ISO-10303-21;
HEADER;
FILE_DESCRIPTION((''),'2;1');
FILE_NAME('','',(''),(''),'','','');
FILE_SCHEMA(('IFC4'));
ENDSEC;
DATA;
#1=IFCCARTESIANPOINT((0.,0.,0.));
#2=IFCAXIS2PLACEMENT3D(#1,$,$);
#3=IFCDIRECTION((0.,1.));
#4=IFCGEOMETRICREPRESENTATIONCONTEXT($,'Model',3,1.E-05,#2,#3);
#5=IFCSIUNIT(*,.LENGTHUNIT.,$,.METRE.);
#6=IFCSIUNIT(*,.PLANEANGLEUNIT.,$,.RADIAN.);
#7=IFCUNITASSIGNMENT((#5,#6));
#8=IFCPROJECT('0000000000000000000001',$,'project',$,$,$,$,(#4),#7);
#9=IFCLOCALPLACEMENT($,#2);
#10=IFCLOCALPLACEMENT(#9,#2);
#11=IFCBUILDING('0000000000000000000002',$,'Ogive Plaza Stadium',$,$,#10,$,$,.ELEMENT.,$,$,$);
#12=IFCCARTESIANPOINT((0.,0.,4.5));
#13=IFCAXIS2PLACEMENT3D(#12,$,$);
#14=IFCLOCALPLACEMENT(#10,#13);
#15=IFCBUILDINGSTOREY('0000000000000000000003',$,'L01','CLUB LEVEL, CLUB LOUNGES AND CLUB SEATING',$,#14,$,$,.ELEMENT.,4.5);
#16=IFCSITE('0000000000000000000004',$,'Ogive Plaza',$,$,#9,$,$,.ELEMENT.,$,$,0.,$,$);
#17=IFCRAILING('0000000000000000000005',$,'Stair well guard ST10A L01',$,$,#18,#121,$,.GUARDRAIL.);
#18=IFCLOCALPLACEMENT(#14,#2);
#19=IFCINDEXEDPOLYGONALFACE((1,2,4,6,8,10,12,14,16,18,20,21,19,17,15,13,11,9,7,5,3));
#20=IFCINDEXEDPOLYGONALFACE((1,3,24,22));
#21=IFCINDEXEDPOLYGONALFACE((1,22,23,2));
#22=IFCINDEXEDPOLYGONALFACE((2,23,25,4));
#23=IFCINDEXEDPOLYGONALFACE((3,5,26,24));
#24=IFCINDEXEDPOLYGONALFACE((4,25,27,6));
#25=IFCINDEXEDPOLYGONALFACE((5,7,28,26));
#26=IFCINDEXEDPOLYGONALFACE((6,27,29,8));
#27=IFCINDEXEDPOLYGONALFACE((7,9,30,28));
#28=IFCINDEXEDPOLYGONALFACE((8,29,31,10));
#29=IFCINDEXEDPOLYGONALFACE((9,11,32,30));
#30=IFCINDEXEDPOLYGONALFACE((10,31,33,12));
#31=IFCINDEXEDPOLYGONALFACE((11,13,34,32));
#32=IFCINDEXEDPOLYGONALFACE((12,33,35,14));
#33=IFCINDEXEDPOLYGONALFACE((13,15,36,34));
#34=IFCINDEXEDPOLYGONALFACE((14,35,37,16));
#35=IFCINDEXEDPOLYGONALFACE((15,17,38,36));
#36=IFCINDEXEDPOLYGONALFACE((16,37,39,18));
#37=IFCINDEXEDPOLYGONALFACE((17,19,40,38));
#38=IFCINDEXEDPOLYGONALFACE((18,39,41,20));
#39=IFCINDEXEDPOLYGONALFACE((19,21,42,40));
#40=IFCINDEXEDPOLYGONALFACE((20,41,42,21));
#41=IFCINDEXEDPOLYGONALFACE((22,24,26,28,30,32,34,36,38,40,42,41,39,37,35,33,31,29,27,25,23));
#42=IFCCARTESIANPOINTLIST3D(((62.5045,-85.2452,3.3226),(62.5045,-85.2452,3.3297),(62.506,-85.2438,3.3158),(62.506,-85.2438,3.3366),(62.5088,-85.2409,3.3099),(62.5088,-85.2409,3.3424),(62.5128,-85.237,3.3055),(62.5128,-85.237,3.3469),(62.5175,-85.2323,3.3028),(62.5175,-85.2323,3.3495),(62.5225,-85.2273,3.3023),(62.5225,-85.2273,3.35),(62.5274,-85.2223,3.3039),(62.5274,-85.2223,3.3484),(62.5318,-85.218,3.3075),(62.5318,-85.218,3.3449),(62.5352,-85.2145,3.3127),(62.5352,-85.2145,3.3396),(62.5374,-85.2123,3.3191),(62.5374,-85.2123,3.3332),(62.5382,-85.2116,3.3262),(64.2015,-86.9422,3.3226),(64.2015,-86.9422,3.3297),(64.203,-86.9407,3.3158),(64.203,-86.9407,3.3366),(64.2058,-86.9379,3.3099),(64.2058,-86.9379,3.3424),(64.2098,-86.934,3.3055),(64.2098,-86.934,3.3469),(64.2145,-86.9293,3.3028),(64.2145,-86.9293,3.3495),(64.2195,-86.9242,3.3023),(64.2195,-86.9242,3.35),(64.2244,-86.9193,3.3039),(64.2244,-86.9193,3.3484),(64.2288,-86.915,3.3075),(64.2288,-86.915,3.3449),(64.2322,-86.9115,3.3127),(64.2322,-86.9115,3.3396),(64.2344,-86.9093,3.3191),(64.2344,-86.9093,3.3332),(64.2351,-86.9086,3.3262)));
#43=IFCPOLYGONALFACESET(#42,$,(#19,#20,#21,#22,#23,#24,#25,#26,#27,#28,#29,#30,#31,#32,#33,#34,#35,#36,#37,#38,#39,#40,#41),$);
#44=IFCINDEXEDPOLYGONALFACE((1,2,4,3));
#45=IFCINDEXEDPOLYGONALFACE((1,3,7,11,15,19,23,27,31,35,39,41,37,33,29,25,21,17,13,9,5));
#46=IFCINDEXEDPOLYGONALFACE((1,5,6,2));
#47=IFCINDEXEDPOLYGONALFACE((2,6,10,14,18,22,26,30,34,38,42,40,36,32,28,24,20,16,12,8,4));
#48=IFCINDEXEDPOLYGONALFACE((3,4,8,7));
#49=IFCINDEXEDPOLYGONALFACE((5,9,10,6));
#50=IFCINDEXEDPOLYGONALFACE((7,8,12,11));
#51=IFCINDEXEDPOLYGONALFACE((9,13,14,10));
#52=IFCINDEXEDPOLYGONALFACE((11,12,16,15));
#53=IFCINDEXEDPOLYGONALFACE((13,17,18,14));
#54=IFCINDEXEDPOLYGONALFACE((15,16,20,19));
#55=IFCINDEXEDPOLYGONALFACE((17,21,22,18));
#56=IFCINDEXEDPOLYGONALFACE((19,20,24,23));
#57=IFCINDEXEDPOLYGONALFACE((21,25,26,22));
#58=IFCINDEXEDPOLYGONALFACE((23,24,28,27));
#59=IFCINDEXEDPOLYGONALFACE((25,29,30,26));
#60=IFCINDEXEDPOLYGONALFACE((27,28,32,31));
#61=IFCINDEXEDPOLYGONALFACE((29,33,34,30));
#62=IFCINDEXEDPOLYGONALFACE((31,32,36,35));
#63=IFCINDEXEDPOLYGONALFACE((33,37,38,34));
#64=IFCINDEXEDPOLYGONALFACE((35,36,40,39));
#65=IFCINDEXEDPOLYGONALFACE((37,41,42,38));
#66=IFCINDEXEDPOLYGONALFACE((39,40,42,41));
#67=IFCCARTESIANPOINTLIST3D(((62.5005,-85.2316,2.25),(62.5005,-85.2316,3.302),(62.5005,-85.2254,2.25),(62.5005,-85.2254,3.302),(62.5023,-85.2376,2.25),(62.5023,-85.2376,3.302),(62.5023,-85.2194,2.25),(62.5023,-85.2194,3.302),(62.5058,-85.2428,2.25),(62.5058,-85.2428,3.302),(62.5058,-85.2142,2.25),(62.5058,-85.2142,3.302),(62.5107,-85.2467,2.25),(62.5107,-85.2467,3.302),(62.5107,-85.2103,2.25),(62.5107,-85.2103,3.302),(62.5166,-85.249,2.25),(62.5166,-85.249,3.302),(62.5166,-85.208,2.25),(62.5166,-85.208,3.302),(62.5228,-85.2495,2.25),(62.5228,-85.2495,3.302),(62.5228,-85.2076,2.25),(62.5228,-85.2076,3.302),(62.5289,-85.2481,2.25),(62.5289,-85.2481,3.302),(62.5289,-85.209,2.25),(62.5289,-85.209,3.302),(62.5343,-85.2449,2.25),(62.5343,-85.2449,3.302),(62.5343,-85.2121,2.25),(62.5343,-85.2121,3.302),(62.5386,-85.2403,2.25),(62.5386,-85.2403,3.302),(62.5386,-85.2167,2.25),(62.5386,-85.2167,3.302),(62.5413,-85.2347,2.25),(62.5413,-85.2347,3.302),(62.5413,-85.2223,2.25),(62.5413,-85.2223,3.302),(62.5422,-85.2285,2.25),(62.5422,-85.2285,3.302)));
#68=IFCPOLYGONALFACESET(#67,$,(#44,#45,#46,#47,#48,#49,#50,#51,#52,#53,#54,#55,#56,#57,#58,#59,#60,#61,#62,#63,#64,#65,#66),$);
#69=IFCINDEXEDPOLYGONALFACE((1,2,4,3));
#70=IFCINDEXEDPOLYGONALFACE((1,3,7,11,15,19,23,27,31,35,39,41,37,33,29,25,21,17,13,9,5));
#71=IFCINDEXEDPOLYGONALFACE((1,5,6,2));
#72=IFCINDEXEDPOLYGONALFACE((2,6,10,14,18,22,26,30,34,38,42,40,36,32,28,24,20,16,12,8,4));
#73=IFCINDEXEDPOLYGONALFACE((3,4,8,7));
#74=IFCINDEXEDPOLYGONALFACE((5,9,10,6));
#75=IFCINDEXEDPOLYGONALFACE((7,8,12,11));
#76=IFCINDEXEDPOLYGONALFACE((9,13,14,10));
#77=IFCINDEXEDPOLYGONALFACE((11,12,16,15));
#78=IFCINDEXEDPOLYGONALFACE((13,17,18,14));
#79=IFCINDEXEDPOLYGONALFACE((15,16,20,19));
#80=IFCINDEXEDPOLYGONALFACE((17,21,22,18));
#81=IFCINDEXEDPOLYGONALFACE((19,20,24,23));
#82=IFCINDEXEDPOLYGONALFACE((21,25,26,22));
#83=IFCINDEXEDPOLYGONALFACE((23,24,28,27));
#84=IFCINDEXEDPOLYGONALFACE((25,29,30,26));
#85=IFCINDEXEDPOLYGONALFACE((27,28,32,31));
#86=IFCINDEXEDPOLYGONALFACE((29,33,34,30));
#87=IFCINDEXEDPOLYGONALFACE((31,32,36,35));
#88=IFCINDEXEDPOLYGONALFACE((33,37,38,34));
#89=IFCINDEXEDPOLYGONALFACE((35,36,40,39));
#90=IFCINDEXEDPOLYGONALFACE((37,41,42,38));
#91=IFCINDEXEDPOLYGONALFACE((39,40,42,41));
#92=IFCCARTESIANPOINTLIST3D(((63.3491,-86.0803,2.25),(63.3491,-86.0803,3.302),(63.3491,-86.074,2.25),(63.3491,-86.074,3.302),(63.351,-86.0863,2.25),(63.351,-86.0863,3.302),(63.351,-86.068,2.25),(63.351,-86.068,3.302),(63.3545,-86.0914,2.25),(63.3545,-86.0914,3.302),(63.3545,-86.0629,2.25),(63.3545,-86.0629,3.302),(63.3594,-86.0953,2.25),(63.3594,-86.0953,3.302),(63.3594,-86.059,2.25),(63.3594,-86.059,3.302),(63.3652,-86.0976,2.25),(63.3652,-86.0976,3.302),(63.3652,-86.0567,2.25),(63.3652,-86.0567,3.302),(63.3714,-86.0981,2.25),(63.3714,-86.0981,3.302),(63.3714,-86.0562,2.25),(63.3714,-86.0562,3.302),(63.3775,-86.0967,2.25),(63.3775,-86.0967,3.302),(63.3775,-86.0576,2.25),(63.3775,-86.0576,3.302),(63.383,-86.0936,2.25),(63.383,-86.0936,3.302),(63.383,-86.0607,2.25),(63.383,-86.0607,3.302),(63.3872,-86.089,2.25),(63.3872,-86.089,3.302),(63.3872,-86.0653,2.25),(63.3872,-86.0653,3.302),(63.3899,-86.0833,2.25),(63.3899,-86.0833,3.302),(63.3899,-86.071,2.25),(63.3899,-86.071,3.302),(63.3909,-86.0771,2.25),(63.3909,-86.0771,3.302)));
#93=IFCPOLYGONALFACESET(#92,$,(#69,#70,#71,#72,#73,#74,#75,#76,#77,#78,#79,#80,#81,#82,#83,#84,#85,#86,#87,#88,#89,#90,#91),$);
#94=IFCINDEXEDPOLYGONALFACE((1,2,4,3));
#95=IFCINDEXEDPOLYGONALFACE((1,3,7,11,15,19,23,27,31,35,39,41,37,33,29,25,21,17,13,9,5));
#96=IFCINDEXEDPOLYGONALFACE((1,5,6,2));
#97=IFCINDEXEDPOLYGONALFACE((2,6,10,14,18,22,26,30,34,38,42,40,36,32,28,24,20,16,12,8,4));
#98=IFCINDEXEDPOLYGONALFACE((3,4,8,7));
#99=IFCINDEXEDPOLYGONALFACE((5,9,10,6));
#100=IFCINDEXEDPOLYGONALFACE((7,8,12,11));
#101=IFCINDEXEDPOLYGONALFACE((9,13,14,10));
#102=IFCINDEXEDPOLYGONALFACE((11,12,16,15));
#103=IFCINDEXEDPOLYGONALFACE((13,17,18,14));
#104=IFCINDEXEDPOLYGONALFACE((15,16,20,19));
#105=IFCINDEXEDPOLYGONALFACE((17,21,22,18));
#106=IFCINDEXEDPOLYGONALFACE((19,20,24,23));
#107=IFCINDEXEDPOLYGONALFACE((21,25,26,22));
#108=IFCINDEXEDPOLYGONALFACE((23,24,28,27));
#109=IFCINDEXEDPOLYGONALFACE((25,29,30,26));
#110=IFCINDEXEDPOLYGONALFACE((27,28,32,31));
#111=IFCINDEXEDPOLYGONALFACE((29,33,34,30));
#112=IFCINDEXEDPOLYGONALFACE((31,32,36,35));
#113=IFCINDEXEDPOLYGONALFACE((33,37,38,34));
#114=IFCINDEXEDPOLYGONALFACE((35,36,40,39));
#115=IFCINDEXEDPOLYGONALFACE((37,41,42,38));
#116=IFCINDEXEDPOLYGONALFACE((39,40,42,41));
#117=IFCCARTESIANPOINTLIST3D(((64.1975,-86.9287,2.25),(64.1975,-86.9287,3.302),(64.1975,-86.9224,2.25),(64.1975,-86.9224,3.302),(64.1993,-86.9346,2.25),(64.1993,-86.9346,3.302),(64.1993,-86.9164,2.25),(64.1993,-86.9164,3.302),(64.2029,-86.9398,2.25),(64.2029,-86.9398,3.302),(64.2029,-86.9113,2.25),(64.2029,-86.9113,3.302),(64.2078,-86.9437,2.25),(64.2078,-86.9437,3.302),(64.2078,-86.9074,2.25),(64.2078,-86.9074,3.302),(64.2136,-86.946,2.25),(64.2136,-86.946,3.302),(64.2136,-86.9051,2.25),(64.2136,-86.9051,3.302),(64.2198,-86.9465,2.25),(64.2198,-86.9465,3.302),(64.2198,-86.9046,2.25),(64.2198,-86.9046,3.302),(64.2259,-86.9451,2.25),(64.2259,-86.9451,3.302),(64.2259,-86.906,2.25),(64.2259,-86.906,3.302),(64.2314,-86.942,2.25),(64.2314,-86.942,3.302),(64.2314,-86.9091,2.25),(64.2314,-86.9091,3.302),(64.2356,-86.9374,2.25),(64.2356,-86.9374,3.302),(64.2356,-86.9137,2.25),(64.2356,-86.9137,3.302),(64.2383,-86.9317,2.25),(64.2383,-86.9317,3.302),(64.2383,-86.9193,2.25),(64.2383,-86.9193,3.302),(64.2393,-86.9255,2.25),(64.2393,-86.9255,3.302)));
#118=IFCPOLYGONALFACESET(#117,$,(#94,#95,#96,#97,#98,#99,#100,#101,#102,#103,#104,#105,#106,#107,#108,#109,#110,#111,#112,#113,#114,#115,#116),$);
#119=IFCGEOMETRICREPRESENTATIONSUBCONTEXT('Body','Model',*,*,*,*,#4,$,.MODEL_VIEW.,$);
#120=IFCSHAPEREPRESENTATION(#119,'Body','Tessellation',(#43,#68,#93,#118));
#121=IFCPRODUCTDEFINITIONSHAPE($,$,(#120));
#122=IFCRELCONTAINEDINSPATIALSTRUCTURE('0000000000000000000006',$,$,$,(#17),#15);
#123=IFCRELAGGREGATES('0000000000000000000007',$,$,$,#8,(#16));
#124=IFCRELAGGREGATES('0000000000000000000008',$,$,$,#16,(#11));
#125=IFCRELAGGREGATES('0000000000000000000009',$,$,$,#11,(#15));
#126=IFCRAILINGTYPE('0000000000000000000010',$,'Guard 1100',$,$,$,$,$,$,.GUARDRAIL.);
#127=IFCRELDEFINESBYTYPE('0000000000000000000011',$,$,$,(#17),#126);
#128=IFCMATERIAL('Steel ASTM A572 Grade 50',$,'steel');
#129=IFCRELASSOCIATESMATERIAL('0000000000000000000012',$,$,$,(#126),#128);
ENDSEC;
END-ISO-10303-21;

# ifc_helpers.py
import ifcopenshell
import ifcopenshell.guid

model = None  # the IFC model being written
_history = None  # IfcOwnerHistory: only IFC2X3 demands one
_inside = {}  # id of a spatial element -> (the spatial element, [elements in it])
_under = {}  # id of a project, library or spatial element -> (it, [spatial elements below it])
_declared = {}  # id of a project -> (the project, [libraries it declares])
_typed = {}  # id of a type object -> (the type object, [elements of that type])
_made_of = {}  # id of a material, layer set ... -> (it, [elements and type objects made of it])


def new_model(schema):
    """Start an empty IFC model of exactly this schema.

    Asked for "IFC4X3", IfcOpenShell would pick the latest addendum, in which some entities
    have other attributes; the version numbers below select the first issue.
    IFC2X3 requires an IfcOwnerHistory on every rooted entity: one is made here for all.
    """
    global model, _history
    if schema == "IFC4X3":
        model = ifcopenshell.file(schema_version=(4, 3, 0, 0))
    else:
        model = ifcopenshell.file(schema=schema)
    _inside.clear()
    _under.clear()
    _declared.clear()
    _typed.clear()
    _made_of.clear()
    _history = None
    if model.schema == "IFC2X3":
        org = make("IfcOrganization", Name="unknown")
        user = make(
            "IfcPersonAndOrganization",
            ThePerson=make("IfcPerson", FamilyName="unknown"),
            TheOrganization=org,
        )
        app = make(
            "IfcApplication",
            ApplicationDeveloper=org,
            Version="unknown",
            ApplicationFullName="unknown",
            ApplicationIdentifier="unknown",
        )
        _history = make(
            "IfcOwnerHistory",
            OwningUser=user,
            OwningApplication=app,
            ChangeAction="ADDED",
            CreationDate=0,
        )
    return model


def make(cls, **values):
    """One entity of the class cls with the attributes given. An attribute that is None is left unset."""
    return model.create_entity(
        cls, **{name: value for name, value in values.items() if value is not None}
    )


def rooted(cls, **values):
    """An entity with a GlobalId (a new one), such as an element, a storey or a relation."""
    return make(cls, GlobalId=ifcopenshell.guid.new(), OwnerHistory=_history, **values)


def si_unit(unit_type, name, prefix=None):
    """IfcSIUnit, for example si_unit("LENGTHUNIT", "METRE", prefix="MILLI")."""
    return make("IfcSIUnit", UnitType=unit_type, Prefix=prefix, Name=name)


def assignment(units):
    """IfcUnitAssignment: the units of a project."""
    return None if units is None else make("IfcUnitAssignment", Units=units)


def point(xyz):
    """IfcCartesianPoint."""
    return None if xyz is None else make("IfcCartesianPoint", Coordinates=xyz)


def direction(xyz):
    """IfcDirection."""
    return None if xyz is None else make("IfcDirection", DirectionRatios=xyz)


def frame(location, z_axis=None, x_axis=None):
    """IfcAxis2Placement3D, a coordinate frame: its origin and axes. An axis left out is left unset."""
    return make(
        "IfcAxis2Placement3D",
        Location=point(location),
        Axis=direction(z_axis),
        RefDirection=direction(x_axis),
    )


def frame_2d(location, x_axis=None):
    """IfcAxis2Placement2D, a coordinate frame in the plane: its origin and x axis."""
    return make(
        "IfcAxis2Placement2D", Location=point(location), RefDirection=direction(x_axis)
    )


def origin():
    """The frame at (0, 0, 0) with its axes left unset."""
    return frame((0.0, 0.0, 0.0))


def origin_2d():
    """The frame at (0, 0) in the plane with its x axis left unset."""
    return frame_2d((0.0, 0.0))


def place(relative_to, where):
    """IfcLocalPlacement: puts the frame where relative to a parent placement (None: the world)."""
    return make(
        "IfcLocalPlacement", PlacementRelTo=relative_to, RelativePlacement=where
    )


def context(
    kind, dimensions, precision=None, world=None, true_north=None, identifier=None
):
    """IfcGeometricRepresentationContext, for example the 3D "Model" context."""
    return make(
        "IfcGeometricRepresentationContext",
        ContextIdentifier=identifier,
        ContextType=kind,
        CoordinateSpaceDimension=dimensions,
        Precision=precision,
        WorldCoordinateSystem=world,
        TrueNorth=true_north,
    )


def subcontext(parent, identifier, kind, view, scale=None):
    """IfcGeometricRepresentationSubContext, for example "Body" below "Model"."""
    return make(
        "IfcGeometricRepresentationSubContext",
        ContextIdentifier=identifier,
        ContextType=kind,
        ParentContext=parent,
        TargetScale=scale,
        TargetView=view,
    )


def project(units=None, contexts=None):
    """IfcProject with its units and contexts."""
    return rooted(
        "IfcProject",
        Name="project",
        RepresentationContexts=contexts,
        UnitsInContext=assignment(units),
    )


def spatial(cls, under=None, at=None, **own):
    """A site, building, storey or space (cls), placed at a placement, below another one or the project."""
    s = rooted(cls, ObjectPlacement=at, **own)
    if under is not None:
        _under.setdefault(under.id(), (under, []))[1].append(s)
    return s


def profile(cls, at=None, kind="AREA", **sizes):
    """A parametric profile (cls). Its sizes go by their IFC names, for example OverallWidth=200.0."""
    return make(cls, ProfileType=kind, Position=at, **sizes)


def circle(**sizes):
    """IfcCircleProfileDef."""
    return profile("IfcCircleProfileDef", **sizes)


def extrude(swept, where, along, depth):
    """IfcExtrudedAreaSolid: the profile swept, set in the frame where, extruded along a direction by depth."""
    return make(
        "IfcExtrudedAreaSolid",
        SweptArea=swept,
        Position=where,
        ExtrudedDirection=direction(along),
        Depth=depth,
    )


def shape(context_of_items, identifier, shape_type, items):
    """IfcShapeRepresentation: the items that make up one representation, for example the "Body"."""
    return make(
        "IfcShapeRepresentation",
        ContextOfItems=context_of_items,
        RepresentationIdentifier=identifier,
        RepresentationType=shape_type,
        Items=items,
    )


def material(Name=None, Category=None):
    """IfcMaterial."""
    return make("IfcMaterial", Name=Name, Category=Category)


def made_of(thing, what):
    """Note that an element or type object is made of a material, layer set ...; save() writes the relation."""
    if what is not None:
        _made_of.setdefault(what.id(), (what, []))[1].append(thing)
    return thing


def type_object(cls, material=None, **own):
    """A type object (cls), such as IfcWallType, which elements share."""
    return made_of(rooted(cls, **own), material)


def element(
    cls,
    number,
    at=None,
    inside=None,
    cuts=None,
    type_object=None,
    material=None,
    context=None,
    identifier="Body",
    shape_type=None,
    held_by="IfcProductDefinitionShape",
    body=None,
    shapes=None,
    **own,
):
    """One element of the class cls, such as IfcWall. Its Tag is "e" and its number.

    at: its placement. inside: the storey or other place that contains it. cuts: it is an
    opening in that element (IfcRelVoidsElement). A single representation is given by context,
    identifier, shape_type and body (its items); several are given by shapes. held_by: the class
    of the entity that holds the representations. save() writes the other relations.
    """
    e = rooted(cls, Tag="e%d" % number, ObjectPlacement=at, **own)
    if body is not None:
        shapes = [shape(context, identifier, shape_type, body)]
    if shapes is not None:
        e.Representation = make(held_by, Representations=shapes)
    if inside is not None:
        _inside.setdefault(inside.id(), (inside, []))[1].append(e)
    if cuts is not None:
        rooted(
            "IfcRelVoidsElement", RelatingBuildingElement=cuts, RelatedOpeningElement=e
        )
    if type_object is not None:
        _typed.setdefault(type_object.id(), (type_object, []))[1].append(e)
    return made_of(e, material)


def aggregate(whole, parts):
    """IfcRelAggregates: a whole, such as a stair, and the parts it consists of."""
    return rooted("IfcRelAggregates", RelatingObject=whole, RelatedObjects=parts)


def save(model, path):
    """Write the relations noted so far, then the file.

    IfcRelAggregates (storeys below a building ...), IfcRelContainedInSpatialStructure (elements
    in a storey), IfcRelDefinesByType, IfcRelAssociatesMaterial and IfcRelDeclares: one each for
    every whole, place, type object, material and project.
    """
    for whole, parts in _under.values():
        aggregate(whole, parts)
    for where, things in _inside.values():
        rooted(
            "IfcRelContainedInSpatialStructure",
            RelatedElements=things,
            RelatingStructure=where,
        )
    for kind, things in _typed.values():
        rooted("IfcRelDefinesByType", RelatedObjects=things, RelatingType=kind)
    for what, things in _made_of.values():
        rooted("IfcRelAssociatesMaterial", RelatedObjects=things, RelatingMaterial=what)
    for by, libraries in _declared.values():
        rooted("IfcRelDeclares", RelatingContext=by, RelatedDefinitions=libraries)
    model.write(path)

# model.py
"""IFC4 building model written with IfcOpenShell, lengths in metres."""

from ifc_helpers import new_model, si_unit, direction, frame, origin, origin_2d, place, context, subcontext, project, spatial, circle, extrude, material, type_object, element, save


model = new_model("IFC4")

# Units and contexts
model_context = context("Model", 3, precision=1e-05, world=origin(), true_north=direction((0.0, 1.0)))
body_context = subcontext(model_context, "Body", "Model", "MODEL_VIEW")
ifc_project = project(units=[si_unit("LENGTHUNIT", "METRE"), si_unit("PLANEANGLEUNIT", "RADIAN")], contexts=[model_context])

# Site, building, storey
site_placement = place(None, origin())
site = spatial("IfcSite", under=ifc_project, at=site_placement, Name="Ogive Plaza", CompositionType="ELEMENT", RefElevation=0.0)
building_placement = place(site_placement, origin())
building = spatial("IfcBuilding", under=site, at=building_placement, Name="Ogive Plaza Stadium", CompositionType="ELEMENT")
storey_placement = place(building_placement, frame((0.0, 0.0, 4.5)))
storey = spatial("IfcBuildingStorey", under=building, at=storey_placement, Name="L01", Description="CLUB LEVEL, CLUB LOUNGES AND CLUB SEATING", CompositionType="ELEMENT", Elevation=4.5)

# Railing
ifc_material_1 = material(Name="Steel ASTM A572 Grade 50", Category="steel")
railing_type_1 = type_object("IfcRailingType", Name="Guard 1100", PredefinedType="GUARDRAIL", material=ifc_material_1)
railing_placement = place(storey_placement, frame((62.5212, -85.2285, 2.25)))
element("IfcRailing", 1, at=railing_placement, inside=storey, type_object=railing_type_1, Name="Stair well guard ST10A L01", PredefinedType="GUARDRAIL", context=body_context, shape_type="SweptSolid", body=[
    extrude(circle(Radius=0.0239, at=origin_2d()), frame((0.0, 0.0, 1.0762), z_axis=(0.707107, -0.707107, 0.0), x_axis=(0.707107, 0.707107, 0.0)), (0.0, 0.0, 1.0), 2.3999),
    extrude(circle(Radius=0.021, at=origin_2d()), origin(), (0.0, 0.0, 1.0), 1.052),
    extrude(circle(Radius=0.021, at=origin_2d()), frame((0.8486, -0.8486, 0.0)), (0.0, 0.0, 1.0), 1.052),
    extrude(circle(Radius=0.021, at=origin_2d()), frame((1.697, -1.697, 0.0)), (0.0, 0.0, 1.0), 1.052),
])

save(model, "model.ifc")
